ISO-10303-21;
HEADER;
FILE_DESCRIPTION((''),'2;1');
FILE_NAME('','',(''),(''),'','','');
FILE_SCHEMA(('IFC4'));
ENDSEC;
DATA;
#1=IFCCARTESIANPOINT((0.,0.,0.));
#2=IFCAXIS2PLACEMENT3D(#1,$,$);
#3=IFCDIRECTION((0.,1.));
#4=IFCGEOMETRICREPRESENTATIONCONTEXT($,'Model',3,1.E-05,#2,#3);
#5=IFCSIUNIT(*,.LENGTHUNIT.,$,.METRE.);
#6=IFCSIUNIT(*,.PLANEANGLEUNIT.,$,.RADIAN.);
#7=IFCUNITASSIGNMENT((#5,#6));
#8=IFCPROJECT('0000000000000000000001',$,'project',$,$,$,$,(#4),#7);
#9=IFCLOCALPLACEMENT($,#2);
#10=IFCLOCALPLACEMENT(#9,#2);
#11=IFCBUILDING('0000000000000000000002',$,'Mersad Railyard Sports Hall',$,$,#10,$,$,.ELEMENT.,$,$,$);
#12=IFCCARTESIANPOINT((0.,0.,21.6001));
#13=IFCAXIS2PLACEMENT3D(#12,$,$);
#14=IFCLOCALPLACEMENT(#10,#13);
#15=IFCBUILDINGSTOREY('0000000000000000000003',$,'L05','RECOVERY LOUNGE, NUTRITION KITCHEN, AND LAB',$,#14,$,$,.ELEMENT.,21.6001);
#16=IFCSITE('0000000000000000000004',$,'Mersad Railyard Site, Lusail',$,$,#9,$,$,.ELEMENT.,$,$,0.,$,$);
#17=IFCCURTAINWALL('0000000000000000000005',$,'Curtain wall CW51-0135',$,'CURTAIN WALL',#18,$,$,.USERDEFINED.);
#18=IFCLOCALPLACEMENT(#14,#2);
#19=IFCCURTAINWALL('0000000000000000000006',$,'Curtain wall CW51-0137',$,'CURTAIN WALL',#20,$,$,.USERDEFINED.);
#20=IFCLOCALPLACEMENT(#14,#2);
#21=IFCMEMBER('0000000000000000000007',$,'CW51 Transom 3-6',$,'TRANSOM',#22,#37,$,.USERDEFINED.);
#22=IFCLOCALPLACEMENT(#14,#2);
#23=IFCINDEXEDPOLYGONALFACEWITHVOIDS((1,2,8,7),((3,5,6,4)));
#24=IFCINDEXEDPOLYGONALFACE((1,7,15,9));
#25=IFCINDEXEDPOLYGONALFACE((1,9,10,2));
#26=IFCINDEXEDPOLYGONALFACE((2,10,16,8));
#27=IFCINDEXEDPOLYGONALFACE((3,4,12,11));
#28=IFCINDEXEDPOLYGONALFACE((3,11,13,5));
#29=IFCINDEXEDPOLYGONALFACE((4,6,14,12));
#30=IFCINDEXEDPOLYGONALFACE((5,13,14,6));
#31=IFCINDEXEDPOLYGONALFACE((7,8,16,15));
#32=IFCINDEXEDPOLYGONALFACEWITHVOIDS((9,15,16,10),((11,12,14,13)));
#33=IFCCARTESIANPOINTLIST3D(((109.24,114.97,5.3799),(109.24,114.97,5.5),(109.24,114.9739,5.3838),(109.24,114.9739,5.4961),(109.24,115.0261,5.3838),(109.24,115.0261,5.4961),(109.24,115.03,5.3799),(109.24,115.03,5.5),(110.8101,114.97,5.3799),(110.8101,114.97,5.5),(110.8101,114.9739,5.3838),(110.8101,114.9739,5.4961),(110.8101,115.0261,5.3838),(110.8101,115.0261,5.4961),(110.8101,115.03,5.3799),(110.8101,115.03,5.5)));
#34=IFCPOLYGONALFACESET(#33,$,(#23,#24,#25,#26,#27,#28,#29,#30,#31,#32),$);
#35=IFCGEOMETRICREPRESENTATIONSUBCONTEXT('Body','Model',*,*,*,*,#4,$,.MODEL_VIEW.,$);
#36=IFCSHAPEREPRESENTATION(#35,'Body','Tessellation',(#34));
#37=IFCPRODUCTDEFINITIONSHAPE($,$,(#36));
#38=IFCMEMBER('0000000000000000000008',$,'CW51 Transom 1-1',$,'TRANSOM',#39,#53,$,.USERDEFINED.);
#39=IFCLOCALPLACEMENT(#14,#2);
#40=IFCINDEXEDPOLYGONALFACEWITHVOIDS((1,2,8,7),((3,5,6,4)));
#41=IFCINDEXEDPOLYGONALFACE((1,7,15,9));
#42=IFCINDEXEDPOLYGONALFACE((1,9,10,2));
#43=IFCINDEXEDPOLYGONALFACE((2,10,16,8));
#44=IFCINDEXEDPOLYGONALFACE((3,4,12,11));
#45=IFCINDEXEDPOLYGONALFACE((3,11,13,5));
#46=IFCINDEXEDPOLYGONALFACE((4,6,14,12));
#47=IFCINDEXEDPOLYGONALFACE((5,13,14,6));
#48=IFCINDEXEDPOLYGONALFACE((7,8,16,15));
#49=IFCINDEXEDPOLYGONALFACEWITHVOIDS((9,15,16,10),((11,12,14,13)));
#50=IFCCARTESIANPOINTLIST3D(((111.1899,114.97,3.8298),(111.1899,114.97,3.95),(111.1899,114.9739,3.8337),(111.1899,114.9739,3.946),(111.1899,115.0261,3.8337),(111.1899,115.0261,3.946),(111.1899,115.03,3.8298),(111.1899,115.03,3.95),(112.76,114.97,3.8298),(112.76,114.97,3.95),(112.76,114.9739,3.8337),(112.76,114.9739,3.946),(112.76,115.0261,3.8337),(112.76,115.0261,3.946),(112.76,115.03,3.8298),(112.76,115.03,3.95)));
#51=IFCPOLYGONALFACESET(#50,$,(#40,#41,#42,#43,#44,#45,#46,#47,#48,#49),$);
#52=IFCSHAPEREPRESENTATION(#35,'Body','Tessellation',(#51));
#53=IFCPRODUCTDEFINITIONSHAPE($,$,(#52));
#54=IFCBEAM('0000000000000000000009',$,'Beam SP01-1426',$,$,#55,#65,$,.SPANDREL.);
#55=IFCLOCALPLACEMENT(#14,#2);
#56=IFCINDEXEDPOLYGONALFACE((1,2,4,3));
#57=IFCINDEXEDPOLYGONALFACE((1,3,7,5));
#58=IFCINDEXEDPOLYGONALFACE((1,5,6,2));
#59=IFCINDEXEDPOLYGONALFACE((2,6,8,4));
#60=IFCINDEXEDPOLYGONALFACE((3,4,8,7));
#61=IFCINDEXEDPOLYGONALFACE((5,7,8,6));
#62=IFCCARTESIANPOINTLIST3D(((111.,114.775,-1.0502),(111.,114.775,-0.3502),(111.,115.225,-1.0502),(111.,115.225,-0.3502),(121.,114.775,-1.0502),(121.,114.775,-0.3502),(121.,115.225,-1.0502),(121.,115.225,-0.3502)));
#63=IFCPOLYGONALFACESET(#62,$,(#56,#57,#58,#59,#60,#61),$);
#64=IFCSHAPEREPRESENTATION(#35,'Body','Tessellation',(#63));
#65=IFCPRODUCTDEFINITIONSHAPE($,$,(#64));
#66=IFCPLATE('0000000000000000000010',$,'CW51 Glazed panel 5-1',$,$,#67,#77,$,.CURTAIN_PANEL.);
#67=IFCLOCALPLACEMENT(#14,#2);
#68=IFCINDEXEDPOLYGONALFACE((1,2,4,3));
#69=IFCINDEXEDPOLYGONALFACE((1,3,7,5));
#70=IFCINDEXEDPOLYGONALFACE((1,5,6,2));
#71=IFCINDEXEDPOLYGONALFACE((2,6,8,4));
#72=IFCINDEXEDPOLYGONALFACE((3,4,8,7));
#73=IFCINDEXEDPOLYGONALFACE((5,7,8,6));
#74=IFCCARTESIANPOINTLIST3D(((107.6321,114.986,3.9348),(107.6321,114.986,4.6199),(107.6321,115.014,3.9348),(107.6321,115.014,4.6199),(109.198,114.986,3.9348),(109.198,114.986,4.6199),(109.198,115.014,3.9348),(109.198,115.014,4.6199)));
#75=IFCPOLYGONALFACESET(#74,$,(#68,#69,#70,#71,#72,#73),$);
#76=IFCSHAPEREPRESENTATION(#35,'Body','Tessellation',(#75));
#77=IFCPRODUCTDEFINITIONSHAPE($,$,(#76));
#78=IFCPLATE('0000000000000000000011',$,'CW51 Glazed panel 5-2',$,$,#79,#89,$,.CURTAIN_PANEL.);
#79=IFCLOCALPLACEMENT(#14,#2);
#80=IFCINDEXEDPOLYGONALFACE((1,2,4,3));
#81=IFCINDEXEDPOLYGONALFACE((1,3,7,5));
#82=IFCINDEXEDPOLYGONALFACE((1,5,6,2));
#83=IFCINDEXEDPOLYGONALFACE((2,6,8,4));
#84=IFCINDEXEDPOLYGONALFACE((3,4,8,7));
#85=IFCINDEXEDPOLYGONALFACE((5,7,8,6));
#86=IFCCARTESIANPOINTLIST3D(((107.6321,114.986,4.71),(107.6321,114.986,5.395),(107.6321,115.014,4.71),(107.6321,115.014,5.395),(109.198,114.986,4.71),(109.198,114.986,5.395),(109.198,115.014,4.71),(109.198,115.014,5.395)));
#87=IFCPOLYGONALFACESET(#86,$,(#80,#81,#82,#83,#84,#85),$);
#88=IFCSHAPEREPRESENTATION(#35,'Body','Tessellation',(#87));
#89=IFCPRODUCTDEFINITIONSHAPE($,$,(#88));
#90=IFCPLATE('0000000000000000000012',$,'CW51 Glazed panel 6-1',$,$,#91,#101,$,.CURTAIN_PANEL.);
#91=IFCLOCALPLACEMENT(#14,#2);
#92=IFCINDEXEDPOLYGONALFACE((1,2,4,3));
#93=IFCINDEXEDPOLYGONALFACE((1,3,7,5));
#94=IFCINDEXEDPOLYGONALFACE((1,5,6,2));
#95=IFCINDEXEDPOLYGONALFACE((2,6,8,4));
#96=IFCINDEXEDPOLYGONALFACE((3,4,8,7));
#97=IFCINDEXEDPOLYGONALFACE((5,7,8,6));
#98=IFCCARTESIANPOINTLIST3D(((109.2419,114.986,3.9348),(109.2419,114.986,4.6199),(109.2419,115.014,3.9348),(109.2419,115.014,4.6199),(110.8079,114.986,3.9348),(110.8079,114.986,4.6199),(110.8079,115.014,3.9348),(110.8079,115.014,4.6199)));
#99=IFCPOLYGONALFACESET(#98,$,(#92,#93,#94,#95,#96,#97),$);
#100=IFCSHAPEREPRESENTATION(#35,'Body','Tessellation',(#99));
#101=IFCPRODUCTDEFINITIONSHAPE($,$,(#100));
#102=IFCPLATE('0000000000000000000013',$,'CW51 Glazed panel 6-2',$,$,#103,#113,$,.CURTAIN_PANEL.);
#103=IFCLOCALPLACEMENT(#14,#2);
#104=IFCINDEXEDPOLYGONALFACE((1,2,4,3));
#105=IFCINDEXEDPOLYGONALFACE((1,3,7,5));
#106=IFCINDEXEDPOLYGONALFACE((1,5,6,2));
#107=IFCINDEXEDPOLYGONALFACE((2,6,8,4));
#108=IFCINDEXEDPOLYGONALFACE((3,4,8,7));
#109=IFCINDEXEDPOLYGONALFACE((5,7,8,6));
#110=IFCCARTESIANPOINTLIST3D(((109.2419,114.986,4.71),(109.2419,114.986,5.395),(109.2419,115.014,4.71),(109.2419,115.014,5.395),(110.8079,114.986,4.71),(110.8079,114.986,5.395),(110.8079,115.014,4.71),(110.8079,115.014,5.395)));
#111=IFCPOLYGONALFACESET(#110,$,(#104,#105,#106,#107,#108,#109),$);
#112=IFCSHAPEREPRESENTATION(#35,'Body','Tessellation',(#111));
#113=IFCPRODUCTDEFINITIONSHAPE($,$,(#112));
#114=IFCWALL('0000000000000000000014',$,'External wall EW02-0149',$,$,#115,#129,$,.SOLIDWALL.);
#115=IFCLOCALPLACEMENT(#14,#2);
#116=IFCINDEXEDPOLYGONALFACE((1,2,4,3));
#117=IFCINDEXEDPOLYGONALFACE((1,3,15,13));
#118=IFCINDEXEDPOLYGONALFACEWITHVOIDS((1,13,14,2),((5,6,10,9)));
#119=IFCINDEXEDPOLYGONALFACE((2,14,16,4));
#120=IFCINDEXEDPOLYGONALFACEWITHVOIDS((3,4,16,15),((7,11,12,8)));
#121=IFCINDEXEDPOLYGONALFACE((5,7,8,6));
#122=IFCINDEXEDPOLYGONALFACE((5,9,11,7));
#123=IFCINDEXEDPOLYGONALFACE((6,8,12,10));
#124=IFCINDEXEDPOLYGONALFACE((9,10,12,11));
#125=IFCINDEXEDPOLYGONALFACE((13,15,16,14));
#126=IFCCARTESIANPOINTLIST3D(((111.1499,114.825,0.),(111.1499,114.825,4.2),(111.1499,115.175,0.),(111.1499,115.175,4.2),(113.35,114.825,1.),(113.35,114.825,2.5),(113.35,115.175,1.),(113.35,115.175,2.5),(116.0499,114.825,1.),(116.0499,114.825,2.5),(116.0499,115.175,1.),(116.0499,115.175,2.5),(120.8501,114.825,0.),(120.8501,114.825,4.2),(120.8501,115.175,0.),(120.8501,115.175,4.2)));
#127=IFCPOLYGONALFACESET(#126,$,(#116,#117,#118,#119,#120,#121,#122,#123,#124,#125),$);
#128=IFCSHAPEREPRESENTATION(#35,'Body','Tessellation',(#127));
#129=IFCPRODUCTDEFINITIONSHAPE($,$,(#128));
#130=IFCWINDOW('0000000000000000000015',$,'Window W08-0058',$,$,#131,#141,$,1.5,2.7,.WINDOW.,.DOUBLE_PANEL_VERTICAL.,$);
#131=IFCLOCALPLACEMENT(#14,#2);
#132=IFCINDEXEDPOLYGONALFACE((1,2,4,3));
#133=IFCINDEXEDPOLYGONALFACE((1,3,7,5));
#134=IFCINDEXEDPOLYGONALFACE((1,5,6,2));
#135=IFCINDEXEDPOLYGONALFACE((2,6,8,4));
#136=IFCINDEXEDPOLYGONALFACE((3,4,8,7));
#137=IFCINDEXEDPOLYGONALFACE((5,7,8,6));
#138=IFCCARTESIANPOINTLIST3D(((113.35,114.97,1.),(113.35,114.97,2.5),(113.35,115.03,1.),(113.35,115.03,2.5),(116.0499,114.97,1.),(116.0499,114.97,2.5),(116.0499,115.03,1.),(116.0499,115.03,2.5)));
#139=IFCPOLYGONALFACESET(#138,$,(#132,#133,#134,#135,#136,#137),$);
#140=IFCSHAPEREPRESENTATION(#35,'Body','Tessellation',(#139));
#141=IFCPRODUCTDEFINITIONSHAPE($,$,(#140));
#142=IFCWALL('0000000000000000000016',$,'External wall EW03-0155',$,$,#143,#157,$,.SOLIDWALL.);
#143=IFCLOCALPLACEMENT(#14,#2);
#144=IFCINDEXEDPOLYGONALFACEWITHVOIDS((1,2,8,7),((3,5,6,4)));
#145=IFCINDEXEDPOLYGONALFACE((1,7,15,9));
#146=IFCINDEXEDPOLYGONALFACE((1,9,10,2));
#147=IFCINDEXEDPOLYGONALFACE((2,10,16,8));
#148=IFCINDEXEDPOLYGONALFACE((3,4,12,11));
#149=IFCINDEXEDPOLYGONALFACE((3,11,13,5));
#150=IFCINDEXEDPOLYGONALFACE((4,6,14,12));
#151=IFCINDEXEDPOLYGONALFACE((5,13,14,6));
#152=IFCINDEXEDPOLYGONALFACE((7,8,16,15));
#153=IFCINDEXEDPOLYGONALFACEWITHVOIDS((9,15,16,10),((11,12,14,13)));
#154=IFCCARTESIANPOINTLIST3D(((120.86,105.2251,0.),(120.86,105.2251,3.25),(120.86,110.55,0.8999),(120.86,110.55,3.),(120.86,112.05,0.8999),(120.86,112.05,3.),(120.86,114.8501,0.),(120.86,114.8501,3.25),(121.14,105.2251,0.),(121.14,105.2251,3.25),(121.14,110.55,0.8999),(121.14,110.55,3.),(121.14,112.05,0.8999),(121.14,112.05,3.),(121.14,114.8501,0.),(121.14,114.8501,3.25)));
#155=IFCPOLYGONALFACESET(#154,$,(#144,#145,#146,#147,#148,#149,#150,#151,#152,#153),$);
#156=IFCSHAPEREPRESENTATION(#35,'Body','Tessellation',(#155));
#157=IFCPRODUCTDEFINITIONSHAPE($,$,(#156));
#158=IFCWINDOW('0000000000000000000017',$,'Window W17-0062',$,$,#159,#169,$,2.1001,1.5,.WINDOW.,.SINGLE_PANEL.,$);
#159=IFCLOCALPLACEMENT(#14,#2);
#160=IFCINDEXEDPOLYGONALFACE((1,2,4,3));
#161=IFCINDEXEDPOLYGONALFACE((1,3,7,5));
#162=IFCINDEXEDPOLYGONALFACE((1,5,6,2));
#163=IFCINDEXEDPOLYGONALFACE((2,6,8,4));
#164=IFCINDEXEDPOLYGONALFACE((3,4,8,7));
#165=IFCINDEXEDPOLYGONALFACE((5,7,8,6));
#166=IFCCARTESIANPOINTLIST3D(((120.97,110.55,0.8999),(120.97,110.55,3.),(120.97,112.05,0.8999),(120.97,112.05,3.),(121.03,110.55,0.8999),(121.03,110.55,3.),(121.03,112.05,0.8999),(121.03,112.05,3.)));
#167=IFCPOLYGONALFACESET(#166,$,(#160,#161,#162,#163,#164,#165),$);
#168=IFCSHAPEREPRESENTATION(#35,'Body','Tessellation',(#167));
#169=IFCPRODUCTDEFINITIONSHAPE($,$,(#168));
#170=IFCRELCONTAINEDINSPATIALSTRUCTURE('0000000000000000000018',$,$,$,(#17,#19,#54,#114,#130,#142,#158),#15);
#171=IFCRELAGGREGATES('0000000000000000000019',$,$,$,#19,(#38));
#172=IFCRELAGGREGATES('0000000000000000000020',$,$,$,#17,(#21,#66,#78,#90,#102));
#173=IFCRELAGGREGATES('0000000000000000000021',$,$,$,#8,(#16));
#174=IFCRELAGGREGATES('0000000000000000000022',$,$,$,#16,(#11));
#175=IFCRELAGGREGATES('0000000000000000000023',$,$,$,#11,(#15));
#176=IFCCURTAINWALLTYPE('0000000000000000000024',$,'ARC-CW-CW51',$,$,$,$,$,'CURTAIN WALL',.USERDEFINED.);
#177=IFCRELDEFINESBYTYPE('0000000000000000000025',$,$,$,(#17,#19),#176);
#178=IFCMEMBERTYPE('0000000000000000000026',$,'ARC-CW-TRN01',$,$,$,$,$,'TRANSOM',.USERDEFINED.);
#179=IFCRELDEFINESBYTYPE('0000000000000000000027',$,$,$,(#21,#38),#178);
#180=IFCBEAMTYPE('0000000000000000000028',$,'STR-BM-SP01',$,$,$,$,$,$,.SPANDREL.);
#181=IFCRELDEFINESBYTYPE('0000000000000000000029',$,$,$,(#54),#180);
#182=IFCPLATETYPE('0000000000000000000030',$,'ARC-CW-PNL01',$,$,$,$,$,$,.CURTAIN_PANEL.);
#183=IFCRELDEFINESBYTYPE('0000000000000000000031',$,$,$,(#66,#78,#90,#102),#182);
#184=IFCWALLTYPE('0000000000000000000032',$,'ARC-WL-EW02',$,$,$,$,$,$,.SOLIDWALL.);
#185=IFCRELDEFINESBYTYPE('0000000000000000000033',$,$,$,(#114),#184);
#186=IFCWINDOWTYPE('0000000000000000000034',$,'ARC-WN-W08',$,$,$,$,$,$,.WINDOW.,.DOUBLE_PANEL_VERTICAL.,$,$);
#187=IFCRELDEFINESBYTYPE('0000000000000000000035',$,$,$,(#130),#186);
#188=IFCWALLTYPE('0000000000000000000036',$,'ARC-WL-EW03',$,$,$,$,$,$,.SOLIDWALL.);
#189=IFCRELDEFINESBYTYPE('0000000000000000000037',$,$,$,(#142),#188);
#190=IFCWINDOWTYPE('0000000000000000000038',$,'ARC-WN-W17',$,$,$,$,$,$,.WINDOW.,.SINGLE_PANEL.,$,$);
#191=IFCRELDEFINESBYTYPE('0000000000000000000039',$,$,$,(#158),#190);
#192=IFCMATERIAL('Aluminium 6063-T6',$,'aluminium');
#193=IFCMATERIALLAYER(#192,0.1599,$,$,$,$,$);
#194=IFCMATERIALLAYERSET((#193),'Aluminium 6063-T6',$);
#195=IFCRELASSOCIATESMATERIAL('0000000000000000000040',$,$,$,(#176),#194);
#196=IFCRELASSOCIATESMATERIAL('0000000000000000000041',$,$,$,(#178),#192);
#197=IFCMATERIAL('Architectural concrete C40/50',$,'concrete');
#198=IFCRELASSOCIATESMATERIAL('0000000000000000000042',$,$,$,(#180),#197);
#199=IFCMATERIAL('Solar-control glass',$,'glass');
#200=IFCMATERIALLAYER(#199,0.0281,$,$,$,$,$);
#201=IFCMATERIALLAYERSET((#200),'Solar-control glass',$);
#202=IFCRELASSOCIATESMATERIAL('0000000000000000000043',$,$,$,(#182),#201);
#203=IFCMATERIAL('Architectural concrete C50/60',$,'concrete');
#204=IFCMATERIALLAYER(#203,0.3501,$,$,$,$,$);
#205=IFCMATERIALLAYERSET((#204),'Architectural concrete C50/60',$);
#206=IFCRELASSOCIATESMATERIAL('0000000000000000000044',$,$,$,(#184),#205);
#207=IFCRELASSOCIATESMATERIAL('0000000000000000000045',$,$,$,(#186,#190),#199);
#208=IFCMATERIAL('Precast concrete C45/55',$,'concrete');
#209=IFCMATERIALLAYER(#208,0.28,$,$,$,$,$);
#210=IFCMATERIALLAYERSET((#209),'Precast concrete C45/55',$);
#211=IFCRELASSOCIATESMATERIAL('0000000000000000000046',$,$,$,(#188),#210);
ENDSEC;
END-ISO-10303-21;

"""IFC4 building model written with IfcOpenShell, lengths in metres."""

from ifc_helpers import new_model, si_unit, direction, frame, frame_2d, origin, origin_2d, place, context, subcontext, project, spatial, rectangle, hollow_rectangle, extrude, material, layer, layer_set, material_profile, profile_set, type_object, element, fill, aggregate, save


model = new_model("IFC4")

# Units and contexts
model_context = context("Model", 3, precision=1e-05, world=origin(), true_north=direction((0.0, 1.0)))
body_context = subcontext(model_context, "Body", "Model", "MODEL_VIEW")
ifc_project = project(units=[si_unit("LENGTHUNIT", "METRE"), si_unit("PLANEANGLEUNIT", "RADIAN")], contexts=[model_context])

# Site, building, storey
site_placement = place(None, origin())
site = spatial("IfcSite", under=ifc_project, at=site_placement, Name="Mersad Railyard Site, Lusail", CompositionType="ELEMENT", RefElevation=0.0)
building_placement = place(site_placement, origin())
building = spatial("IfcBuilding", under=site, at=building_placement, Name="Mersad Railyard Sports Hall", CompositionType="ELEMENT")
storey_placement = place(building_placement, frame((0.0, 0.0, 21.6001)))
storey = spatial("IfcBuildingStorey", under=building, at=storey_placement, Name="L05", Description="RECOVERY LOUNGE, NUTRITION KITCHEN, AND LAB", CompositionType="ELEMENT", Elevation=21.6001)

# Curtain wall
ifc_material_1 = material(Name="Aluminium 6063-T6", Category="aluminium")
ifc_layer_1 = layer(ifc_material_1, 0.1599)
ifc_layer_set_1 = layer_set([ifc_layer_1], Name="Aluminium 6063-T6")
curtain_wall_type = type_object("IfcCurtainWallType", Name="ARC-CW-CW51", ElementType="CURTAIN WALL", PredefinedType="USERDEFINED", material=ifc_layer_set_1)
curtain_wall_1_placement = place(storey_placement, origin())
curtain_wall_1 = element("IfcCurtainWall", 1, at=curtain_wall_1_placement, inside=storey, type_object=curtain_wall_type, Name="Curtain wall CW51-0135", ObjectType="CURTAIN WALL", PredefinedType="USERDEFINED")

# Curtain wall
curtain_wall_2_placement = place(storey_placement, origin())
curtain_wall_2 = element("IfcCurtainWall", 2, at=curtain_wall_2_placement, inside=storey, type_object=curtain_wall_type, Name="Curtain wall CW51-0137", ObjectType="CURTAIN WALL", PredefinedType="USERDEFINED")

# Members
ifc_material_profile_1 = material_profile(ifc_material_1, hollow_rectangle(XDim=0.0601, YDim=0.1201, WallThickness=0.0039, at=origin_2d()), Name="AL TRANSOM 60x120x4")
ifc_profile_set_1 = profile_set([ifc_material_profile_1], Name="Aluminium 6063-T6")
member_type_1 = type_object("IfcMemberType", Name="ARC-CW-TRN01", ElementType="TRANSOM", PredefinedType="USERDEFINED", material=ifc_profile_set_1)
member_1_placement = place(storey_placement, frame((109.24, 115.0, 5.4399), z_axis=(1.0, 0.0, 0.0), x_axis=(0.0, 1.0, 0.0)))
member_1 = element("IfcMember", 3, at=member_1_placement, type_object=member_type_1, Name="CW51 Transom 3-6", ObjectType="TRANSOM", PredefinedType="USERDEFINED", context=body_context, shape_type="SweptSolid", body=[
    extrude(hollow_rectangle(XDim=0.0601, YDim=0.1201, WallThickness=0.0039, at=origin_2d()), origin(), (0.0, 0.0, 1.0), 1.5701),
])
member_2_placement = place(storey_placement, frame((111.1899, 115.0, 3.8899), z_axis=(1.0, 0.0, 0.0), x_axis=(0.0, 1.0, 0.0)))
member_2 = element("IfcMember", 4, at=member_2_placement, type_object=member_type_1, Name="CW51 Transom 1-1", ObjectType="TRANSOM", PredefinedType="USERDEFINED", context=body_context, shape_type="SweptSolid", body=[
    extrude(hollow_rectangle(XDim=0.0601, YDim=0.1201, WallThickness=0.0039, at=origin_2d()), origin(), (0.0, 0.0, 1.0), 1.5701),
])
aggregate(curtain_wall_2, [member_2])

# Beam
ifc_material_2 = material(Name="Architectural concrete C40/50", Category="concrete")
ifc_material_profile_2 = material_profile(ifc_material_2, rectangle(XDim=0.45, YDim=0.7, at=origin_2d()), Name="RC 450x700")
ifc_profile_set_2 = profile_set([ifc_material_profile_2], Name="Architectural concrete C40/50")
beam_type = type_object("IfcBeamType", Name="STR-BM-SP01", PredefinedType="SPANDREL", material=ifc_profile_set_2)
beam_placement = place(storey_placement, frame((111.0, 115.0, -0.7002), z_axis=(1.0, 0.0, 0.0), x_axis=(0.0, 1.0, 0.0)))
element("IfcBeam", 5, at=beam_placement, inside=storey, type_object=beam_type, Name="Beam SP01-1426", PredefinedType="SPANDREL", context=body_context, shape_type="SweptSolid", body=[
    extrude(rectangle(XDim=0.45, YDim=0.7, at=origin_2d()), origin(), (0.0, 0.0, 1.0), 10.0),
])

# Plates
ifc_material_3 = material(Name="Solar-control glass", Category="glass")
ifc_layer_2 = layer(ifc_material_3, 0.0281)
ifc_layer_set_2 = layer_set([ifc_layer_2], Name="Solar-control glass")
plate_type = type_object("IfcPlateType", Name="ARC-CW-PNL01", PredefinedType="CURTAIN_PANEL", material=ifc_layer_set_2)
plate_1_placement = place(storey_placement, frame((108.415, 115.0, 3.9348), z_axis=(0.0, 0.0, 1.0), x_axis=(1.0, 0.0, 0.0)))
plate_1 = element("IfcPlate", 6, at=plate_1_placement, type_object=plate_type, Name="CW51 Glazed panel 5-1", PredefinedType="CURTAIN_PANEL", context=body_context, shape_type="SweptSolid", body=[
    extrude(rectangle(XDim=1.5659, YDim=0.0281, at=origin_2d()), origin(), (0.0, 0.0, 1.0), 0.6851),
])
plate_2_placement = place(storey_placement, frame((108.415, 115.0, 4.71), z_axis=(0.0, 0.0, 1.0), x_axis=(1.0, 0.0, 0.0)))
plate_2 = element("IfcPlate", 7, at=plate_2_placement, type_object=plate_type, Name="CW51 Glazed panel 5-2", PredefinedType="CURTAIN_PANEL", context=body_context, shape_type="SweptSolid", body=[
    extrude(rectangle(XDim=1.5659, YDim=0.0281, at=origin_2d()), origin(), (0.0, 0.0, 1.0), 0.6851),
])
plate_3_placement = place(storey_placement, frame((110.0249, 115.0, 3.9348), z_axis=(0.0, 0.0, 1.0), x_axis=(1.0, 0.0, 0.0)))
plate_3 = element("IfcPlate", 8, at=plate_3_placement, type_object=plate_type, Name="CW51 Glazed panel 6-1", PredefinedType="CURTAIN_PANEL", context=body_context, shape_type="SweptSolid", body=[
    extrude(rectangle(XDim=1.5659, YDim=0.0281, at=origin_2d()), origin(), (0.0, 0.0, 1.0), 0.6851),
])
plate_4_placement = place(storey_placement, frame((110.0249, 115.0, 4.71), z_axis=(0.0, 0.0, 1.0), x_axis=(1.0, 0.0, 0.0)))
plate_4 = element("IfcPlate", 9, at=plate_4_placement, type_object=plate_type, Name="CW51 Glazed panel 6-2", PredefinedType="CURTAIN_PANEL", context=body_context, shape_type="SweptSolid", body=[
    extrude(rectangle(XDim=1.5659, YDim=0.0281, at=origin_2d()), origin(), (0.0, 0.0, 1.0), 0.6851),
])
aggregate(curtain_wall_1, [member_1, plate_1, plate_2, plate_3, plate_4])

# Walls, openings, windows
ifc_material_4 = material(Name="Architectural concrete C50/60", Category="concrete")
ifc_layer_3 = layer(ifc_material_4, 0.3501)
ifc_layer_set_3 = layer_set([ifc_layer_3], Name="Architectural concrete C50/60")
wall_type_1 = type_object("IfcWallType", Name="ARC-WL-EW02", PredefinedType="SOLIDWALL", material=ifc_layer_set_3)
wall_1_placement = place(storey_placement, frame((111.1499, 115.0, 0.0), z_axis=(0.0, 0.0, 1.0), x_axis=(1.0, 0.0, 0.0)))
wall_1 = element("IfcWall", 10, at=wall_1_placement, inside=storey, type_object=wall_type_1, Name="External wall EW02-0149", PredefinedType="SOLIDWALL", context=body_context, shape_type="SweptSolid", body=[
    extrude(rectangle(XDim=9.7002, YDim=0.3501, at=frame_2d((4.8501, 0.0))), origin(), (0.0, 0.0, 1.0), 4.2),
])
opening_1_placement = place(wall_1_placement, frame((2.2, 0.0, 1.0)))
opening_1 = element("IfcOpeningElement", 11, at=opening_1_placement, cuts=wall_1, PredefinedType="OPENING", context=body_context, shape_type="SweptSolid", body=[
    extrude(rectangle(XDim=2.7, YDim=1.5, at=frame_2d((1.3501, 0.75))), frame((0.0, 0.1851, 0.0), z_axis=(0.0, -1.0, 0.0), x_axis=(1.0, 0.0, 0.0)), (0.0, 0.0, 1.0), 0.3701),
])
window_type_1 = type_object("IfcWindowType", Name="ARC-WN-W08", PartitioningType="DOUBLE_PANEL_VERTICAL", PredefinedType="WINDOW", material=ifc_material_3)
window_1_placement = place(opening_1_placement, origin())
window_1 = element("IfcWindow", 12, at=window_1_placement, inside=storey, type_object=window_type_1, Name="Window W08-0058", OverallHeight=1.5, OverallWidth=2.7, PartitioningType="DOUBLE_PANEL_VERTICAL", PredefinedType="WINDOW", context=body_context, shape_type="SweptSolid", body=[
    extrude(rectangle(XDim=2.7, YDim=1.5, at=frame_2d((1.3501, 0.75))), frame((0.0, 0.03, 0.0), z_axis=(0.0, -1.0, 0.0), x_axis=(1.0, 0.0, 0.0)), (0.0, 0.0, 1.0), 0.0601),
])
fill(opening_1, window_1)
ifc_material_5 = material(Name="Precast concrete C45/55", Category="concrete")
ifc_layer_4 = layer(ifc_material_5, 0.28)
ifc_layer_set_4 = layer_set([ifc_layer_4], Name="Precast concrete C45/55")
wall_type_2 = type_object("IfcWallType", Name="ARC-WL-EW03", PredefinedType="SOLIDWALL", material=ifc_layer_set_4)
wall_2_placement = place(storey_placement, frame((121.0, 114.8501, 0.0), z_axis=(0.0, 0.0, 1.0), x_axis=(0.0, -1.0, 0.0)))
wall_2 = element("IfcWall", 13, at=wall_2_placement, inside=storey, type_object=wall_type_2, Name="External wall EW03-0155", PredefinedType="SOLIDWALL", context=body_context, shape_type="SweptSolid", body=[
    extrude(rectangle(XDim=9.625, YDim=0.28, at=frame_2d((4.8125, 0.0))), origin(), (0.0, 0.0, 1.0), 3.25),
])
opening_2_placement = place(wall_2_placement, frame((2.8, 0.0, 0.8999)))
opening_2 = element("IfcOpeningElement", 14, at=opening_2_placement, cuts=wall_2, PredefinedType="OPENING", context=body_context, shape_type="SweptSolid", body=[
    extrude(rectangle(XDim=1.5, YDim=2.1001, at=frame_2d((0.75, 1.05))), frame((0.0, 0.1499, 0.0), z_axis=(0.0, -1.0, 0.0), x_axis=(1.0, 0.0, 0.0)), (0.0, 0.0, 1.0), 0.3),
])
window_type_2 = type_object("IfcWindowType", Name="ARC-WN-W17", PartitioningType="SINGLE_PANEL", PredefinedType="WINDOW", material=ifc_material_3)
window_2_placement = place(opening_2_placement, origin())
window_2 = element("IfcWindow", 15, at=window_2_placement, inside=storey, type_object=window_type_2, Name="Window W17-0062", OverallHeight=2.1001, OverallWidth=1.5, PartitioningType="SINGLE_PANEL", PredefinedType="WINDOW", context=body_context, shape_type="SweptSolid", body=[
    extrude(rectangle(XDim=1.5, YDim=2.1001, at=frame_2d((0.75, 1.05))), frame((0.0, 0.03, 0.0), z_axis=(0.0, -1.0, 0.0), x_axis=(1.0, 0.0, 0.0)), (0.0, 0.0, 1.0), 0.0601),
])
fill(opening_2, window_2)

save(model, "model.ifc")
